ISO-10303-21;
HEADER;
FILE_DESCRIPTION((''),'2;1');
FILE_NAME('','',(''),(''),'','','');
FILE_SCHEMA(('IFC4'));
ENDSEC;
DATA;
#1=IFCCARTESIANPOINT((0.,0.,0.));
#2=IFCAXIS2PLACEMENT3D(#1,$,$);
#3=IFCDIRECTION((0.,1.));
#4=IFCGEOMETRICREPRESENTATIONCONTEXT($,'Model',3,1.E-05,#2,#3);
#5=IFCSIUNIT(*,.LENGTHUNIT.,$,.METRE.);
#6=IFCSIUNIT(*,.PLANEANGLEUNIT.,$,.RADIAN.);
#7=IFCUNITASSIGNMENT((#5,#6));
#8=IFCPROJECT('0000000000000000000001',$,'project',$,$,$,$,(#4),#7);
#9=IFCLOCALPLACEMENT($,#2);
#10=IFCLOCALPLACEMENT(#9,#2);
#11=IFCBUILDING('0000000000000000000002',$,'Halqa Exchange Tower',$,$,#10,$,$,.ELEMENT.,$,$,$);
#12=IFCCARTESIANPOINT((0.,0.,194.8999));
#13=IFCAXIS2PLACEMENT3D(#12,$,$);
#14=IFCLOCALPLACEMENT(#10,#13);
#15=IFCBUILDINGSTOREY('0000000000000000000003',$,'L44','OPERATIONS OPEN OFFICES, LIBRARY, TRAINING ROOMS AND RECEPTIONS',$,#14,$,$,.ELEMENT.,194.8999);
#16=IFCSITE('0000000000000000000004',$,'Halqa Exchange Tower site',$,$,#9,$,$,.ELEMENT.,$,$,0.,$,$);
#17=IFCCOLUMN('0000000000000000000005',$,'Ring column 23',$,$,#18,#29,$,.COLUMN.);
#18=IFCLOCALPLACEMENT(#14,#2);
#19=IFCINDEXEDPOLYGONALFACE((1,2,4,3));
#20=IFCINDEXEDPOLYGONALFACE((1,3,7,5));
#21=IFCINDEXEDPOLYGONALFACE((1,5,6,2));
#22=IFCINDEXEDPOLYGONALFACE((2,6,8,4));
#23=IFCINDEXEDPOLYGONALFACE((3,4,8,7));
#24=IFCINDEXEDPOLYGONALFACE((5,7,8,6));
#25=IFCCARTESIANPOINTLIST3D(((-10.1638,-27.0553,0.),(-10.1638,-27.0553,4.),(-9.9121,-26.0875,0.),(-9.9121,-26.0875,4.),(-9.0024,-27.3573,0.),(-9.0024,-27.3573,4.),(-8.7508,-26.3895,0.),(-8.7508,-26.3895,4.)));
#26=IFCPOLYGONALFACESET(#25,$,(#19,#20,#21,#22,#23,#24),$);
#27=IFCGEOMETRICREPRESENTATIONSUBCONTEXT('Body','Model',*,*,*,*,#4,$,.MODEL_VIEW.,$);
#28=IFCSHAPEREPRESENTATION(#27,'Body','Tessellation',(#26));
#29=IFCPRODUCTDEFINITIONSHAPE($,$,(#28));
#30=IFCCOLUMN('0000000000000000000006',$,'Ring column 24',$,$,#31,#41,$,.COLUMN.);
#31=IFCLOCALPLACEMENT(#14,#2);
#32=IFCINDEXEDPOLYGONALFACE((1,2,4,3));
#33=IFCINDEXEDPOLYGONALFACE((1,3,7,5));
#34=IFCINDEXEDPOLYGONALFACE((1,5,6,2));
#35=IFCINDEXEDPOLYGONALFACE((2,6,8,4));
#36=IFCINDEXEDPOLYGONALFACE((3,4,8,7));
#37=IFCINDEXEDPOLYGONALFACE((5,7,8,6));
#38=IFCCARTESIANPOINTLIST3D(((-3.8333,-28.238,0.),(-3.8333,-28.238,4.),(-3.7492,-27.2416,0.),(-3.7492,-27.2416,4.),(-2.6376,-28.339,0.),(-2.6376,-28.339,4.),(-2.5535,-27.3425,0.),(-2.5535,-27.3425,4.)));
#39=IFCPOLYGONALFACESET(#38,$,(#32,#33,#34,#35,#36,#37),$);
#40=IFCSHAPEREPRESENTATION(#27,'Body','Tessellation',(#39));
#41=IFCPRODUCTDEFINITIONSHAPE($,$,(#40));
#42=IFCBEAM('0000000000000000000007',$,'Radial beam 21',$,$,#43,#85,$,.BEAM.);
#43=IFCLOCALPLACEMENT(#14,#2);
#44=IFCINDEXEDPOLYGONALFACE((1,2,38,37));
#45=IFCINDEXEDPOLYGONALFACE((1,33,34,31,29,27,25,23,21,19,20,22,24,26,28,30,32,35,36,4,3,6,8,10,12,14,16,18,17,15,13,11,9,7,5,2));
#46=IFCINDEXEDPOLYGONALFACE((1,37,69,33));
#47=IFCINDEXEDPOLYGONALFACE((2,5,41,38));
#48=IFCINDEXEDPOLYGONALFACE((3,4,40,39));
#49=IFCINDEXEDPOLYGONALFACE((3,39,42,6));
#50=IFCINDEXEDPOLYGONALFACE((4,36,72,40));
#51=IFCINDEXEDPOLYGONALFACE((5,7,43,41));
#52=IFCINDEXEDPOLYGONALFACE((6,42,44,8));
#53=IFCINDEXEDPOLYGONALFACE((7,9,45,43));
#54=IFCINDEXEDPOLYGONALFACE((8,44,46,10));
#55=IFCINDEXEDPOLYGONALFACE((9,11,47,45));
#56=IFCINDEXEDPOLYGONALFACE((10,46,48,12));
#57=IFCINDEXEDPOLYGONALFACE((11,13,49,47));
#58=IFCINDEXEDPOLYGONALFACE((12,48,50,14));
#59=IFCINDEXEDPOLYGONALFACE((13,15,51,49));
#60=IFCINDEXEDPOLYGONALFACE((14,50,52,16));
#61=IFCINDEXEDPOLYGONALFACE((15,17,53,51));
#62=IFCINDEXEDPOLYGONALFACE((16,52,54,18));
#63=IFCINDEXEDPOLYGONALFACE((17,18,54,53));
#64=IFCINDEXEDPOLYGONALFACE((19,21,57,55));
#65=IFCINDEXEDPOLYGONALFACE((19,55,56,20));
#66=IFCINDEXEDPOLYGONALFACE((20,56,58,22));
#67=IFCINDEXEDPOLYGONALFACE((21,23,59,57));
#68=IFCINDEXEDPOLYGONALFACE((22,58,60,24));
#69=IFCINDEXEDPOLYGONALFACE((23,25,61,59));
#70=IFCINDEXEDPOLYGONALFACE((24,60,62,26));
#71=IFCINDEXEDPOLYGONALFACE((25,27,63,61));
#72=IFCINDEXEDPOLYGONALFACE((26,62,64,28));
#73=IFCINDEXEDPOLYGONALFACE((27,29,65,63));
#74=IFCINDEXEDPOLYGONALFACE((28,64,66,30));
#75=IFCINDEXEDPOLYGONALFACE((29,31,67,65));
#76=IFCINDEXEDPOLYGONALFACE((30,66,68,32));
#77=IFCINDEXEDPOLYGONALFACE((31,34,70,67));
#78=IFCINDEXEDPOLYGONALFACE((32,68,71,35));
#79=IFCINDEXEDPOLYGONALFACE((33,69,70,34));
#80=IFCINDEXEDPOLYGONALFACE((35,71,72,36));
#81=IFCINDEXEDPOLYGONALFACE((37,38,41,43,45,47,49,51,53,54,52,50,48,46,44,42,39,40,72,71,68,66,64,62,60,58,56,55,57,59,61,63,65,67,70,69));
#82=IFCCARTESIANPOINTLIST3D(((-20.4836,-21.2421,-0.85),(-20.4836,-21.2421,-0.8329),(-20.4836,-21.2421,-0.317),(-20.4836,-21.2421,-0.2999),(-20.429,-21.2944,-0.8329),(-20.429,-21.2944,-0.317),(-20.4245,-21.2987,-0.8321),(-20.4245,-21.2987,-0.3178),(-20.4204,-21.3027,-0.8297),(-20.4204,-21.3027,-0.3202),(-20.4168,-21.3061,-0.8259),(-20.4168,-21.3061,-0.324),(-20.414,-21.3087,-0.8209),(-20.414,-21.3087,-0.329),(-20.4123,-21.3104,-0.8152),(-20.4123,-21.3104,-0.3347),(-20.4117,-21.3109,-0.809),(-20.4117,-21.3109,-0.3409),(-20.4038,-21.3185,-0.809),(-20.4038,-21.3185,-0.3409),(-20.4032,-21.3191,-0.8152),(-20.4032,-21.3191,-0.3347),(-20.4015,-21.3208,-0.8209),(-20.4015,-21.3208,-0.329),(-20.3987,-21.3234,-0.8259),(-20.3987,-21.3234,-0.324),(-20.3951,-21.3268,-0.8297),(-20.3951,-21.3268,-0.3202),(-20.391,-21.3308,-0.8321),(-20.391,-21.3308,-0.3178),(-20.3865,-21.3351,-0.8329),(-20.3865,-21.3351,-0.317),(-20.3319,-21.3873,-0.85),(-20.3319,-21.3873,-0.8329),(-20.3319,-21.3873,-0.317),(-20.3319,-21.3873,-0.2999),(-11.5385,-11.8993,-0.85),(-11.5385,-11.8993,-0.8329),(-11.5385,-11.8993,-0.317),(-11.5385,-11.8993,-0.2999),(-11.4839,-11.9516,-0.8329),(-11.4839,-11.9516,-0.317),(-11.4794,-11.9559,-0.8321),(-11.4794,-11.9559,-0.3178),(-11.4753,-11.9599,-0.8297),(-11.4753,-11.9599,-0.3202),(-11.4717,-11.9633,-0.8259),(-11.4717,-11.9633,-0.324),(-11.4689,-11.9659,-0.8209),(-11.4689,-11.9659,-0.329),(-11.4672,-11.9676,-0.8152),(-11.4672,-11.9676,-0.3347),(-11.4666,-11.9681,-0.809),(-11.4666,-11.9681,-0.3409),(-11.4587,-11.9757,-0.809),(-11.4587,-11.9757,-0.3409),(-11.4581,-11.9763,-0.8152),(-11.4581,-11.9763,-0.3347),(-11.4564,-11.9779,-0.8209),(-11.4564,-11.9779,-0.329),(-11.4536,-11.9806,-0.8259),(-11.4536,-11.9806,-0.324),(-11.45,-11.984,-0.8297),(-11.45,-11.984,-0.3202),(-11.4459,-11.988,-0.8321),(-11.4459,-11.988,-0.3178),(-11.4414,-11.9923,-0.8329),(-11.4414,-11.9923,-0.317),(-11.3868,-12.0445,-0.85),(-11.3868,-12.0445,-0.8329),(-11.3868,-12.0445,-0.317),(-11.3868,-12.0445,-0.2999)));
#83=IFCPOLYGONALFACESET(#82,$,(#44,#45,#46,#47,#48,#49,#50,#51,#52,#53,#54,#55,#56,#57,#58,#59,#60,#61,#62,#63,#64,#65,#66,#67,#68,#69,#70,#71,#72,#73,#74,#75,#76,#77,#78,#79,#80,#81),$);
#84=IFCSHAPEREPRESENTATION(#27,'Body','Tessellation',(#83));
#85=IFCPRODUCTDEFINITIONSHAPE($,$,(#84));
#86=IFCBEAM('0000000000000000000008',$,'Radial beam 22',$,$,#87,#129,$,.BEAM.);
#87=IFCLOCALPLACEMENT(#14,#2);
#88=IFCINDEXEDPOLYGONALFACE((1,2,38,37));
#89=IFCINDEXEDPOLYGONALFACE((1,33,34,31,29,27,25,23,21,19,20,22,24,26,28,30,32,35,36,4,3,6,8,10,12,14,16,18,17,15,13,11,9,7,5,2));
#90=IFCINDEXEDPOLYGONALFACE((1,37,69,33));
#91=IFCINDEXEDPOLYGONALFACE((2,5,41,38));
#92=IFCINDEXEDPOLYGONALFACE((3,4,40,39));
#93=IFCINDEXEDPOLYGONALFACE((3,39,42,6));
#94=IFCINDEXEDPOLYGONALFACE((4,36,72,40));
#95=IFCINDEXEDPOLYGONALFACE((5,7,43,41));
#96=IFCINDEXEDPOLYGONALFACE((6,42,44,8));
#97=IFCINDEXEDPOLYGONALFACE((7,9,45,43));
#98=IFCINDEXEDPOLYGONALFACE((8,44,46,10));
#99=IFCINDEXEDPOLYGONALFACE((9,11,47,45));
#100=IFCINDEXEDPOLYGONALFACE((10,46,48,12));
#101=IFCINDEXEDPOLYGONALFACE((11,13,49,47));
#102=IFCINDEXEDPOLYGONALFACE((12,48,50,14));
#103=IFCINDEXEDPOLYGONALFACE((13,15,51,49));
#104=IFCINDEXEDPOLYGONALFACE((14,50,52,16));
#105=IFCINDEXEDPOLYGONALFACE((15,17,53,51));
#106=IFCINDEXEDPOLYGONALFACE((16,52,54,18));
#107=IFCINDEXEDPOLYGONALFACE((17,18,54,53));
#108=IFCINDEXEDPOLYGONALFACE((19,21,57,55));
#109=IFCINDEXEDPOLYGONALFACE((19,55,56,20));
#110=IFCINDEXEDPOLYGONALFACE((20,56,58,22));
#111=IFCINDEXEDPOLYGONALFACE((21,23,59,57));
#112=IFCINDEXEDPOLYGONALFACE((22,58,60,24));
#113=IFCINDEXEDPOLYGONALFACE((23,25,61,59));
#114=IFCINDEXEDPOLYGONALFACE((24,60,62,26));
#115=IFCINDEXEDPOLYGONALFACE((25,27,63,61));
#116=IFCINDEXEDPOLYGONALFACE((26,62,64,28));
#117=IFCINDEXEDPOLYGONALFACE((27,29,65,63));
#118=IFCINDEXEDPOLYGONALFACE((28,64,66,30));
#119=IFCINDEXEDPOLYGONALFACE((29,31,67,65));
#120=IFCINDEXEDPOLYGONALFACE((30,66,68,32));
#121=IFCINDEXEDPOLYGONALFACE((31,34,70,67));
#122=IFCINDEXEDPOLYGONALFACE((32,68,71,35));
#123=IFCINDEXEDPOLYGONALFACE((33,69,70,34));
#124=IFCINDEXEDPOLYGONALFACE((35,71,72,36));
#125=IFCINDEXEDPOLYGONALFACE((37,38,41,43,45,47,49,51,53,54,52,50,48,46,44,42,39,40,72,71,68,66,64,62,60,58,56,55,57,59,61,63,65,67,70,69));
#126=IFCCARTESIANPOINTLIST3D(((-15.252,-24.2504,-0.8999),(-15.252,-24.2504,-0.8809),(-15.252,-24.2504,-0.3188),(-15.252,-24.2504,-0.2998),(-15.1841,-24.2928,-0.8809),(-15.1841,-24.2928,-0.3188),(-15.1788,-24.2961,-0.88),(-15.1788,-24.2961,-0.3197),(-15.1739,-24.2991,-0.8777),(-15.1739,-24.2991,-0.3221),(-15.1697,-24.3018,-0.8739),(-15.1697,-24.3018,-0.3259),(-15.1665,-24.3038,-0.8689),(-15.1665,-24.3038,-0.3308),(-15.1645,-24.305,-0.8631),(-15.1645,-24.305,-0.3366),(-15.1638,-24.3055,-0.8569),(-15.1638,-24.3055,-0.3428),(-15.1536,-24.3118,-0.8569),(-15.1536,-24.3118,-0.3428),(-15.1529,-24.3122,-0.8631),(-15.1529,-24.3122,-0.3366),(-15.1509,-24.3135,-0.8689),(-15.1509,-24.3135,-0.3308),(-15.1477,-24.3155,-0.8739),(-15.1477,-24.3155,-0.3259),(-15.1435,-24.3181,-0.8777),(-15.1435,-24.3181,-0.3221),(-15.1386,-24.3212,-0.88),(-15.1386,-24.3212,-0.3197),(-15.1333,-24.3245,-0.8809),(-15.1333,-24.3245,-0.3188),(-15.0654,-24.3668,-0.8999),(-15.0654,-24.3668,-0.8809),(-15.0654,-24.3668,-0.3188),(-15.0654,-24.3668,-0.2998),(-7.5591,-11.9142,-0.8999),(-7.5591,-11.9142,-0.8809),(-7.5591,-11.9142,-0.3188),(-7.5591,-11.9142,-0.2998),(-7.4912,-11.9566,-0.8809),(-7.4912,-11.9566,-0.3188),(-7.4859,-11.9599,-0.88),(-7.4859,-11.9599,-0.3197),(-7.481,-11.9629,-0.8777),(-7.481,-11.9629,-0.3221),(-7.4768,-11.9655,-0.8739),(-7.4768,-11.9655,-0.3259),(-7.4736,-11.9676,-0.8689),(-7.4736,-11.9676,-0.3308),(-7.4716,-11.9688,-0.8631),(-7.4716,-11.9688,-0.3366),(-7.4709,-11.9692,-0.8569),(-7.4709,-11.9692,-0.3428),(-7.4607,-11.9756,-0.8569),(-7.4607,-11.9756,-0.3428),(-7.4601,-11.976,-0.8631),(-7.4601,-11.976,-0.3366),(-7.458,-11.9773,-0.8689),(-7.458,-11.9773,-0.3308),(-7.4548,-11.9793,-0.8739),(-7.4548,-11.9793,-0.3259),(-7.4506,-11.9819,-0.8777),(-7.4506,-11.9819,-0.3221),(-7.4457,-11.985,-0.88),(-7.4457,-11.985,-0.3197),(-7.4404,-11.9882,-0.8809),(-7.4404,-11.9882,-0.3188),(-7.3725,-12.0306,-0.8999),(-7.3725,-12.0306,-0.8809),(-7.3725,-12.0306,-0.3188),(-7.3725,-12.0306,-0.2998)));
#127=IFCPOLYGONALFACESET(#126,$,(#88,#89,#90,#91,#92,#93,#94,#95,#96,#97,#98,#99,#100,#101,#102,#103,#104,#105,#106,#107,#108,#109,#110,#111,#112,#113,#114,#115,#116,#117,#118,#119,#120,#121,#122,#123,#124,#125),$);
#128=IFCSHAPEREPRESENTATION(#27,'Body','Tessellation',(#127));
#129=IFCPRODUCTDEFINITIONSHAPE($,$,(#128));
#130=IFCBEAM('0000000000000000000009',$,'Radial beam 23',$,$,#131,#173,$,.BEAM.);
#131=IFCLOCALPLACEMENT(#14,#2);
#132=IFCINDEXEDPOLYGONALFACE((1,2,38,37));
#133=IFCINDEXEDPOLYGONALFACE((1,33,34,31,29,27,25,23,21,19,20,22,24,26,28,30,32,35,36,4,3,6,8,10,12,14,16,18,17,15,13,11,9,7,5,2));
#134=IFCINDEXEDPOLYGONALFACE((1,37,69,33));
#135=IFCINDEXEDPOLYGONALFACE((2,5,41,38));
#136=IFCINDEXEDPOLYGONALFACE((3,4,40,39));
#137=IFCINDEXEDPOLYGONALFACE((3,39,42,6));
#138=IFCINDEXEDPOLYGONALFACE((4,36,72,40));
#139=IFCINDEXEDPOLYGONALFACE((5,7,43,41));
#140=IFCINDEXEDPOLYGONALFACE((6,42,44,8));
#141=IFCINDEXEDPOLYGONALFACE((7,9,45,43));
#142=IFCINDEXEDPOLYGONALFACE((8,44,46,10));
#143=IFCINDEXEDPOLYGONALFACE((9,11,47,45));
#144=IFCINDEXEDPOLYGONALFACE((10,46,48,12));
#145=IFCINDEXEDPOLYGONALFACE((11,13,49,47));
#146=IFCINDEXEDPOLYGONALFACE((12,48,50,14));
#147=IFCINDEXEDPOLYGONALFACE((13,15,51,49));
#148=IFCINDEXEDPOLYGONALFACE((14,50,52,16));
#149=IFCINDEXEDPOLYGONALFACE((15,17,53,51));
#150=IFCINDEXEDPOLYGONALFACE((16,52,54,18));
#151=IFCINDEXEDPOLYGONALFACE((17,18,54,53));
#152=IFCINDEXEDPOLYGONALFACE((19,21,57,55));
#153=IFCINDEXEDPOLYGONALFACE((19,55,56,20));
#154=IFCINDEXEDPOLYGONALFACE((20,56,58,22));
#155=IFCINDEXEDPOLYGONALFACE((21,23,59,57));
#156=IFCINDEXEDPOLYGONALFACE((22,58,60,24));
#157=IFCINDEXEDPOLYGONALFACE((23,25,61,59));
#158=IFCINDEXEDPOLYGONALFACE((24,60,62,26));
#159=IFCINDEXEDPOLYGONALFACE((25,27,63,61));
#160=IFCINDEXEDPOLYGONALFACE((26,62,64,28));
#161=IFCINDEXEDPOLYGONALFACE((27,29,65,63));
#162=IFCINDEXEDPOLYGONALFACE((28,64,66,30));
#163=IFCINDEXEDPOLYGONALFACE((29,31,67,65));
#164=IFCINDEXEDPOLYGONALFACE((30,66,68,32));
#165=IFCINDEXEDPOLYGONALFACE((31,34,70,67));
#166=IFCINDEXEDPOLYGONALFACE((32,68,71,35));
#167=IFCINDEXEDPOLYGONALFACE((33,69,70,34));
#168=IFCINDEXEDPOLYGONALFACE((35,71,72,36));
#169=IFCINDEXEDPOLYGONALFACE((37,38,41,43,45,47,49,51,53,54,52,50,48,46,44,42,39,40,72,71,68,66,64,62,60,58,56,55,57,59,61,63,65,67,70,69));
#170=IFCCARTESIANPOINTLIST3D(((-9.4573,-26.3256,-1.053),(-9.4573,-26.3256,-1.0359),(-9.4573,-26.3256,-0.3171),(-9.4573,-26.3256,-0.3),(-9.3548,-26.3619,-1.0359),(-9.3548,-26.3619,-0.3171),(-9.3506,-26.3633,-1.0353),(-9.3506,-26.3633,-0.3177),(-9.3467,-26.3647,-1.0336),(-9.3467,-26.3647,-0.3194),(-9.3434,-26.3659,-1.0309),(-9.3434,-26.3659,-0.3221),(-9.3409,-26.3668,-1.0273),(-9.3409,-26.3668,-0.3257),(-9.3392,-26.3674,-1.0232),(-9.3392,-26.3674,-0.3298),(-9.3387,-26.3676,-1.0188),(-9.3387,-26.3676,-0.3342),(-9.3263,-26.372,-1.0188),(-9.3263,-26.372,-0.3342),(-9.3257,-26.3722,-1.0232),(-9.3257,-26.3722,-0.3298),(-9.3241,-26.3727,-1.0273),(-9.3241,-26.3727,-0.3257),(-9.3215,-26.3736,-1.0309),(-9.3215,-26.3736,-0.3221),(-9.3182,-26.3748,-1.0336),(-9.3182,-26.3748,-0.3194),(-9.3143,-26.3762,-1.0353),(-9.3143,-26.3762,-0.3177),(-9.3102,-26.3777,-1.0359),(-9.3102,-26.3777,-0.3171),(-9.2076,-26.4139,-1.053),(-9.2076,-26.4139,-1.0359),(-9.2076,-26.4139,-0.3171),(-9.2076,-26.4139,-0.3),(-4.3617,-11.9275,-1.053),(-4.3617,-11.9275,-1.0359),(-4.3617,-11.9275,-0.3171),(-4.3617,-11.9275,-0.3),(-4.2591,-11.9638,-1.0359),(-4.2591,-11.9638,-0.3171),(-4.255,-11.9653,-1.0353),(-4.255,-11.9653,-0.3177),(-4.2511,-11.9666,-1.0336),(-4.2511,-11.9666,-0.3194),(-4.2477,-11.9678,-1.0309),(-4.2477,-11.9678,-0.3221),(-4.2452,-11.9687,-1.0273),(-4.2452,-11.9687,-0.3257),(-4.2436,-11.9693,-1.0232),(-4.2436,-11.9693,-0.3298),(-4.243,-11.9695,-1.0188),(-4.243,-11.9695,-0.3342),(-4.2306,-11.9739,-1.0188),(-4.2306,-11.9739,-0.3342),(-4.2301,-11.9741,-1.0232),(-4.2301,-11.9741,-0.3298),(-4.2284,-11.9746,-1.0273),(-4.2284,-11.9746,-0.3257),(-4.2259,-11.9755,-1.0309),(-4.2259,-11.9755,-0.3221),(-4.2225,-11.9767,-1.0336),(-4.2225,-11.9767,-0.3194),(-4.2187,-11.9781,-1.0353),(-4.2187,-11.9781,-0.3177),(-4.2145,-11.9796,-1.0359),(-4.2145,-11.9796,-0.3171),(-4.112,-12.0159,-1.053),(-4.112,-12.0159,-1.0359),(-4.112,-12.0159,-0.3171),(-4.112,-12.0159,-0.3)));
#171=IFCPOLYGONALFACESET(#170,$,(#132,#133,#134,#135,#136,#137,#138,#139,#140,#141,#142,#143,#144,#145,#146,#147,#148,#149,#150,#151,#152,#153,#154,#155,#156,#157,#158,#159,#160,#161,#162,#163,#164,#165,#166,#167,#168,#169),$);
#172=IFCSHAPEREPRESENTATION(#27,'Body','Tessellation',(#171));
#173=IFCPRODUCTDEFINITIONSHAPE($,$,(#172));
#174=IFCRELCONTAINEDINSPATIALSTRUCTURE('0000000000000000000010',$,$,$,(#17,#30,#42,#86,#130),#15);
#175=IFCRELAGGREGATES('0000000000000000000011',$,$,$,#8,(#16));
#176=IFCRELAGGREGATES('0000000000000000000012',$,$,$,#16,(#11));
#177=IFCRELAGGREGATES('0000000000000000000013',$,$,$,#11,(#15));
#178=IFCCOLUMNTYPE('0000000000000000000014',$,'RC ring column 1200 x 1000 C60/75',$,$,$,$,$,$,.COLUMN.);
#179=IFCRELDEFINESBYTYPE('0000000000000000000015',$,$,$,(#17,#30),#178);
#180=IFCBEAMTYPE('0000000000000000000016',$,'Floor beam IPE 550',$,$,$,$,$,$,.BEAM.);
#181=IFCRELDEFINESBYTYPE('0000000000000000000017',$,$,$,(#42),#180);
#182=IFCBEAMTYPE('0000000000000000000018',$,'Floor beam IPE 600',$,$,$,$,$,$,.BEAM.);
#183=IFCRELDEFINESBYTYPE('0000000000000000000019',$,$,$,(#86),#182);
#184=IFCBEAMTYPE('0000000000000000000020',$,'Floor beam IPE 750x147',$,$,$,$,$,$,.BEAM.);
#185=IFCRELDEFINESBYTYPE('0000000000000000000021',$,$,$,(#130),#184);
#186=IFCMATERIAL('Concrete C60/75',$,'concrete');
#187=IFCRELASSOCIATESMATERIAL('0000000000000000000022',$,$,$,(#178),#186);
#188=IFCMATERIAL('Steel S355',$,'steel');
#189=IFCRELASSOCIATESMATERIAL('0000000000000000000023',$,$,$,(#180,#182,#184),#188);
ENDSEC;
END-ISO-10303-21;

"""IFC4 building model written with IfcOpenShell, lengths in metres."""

from ifc_helpers import new_model, si_unit, direction, frame, origin, origin_2d, place, context, subcontext, project, spatial, rectangle, i_section, extrude, material, material_profile, profile_set, type_object, element, save


model = new_model("IFC4")

# Units and contexts
model_context = context("Model", 3, precision=1e-05, world=origin(), true_north=direction((0.0, 1.0)))
body_context = subcontext(model_context, "Body", "Model", "MODEL_VIEW")
ifc_project = project(units=[si_unit("LENGTHUNIT", "METRE"), si_unit("PLANEANGLEUNIT", "RADIAN")], contexts=[model_context])

# Site, building, storey
site_placement = place(None, origin())
site = spatial("IfcSite", under=ifc_project, at=site_placement, Name="Halqa Exchange Tower site", CompositionType="ELEMENT", RefElevation=0.0)
building_placement = place(site_placement, origin())
building = spatial("IfcBuilding", under=site, at=building_placement, Name="Halqa Exchange Tower", CompositionType="ELEMENT")
storey_placement = place(building_placement, frame((0.0, 0.0, 194.8999)))
storey = spatial("IfcBuildingStorey", under=building, at=storey_placement, Name="L44", Description="OPERATIONS OPEN OFFICES, LIBRARY, TRAINING ROOMS AND RECEPTIONS", CompositionType="ELEMENT", Elevation=194.8999)

# Columns
ifc_material_1 = material(Name="Concrete C60/75", Category="concrete")
ifc_material_profile_1 = material_profile(ifc_material_1, rectangle(XDim=1.2, YDim=1.0, at=origin_2d()), Name="1200 x 1000")
ifc_profile_set_1 = profile_set([ifc_material_profile_1], Name="Concrete C60/75")
column_type = type_object("IfcColumnType", Name="RC ring column 1200 x 1000 C60/75", PredefinedType="COLUMN", material=ifc_profile_set_1)
for number, where, z_axis, x_axis, name in (
    (1, (-9.4573, -26.7224, 0.0), (0.0, 0.0, 1.0), (0.967821, -0.25164, 0.0), "Ring column 23"),
    (2, (-3.1934, -27.7903, 0.0), (0.0, 0.0, 1.0), (0.996456, -0.084116, 0.0), "Ring column 24"),
):
    element("IfcColumn", number, at=place(storey_placement, frame(where, z_axis=z_axis, x_axis=x_axis)), inside=storey, type_object=column_type, Name=name, PredefinedType="COLUMN", context=body_context, shape_type="SweptSolid", body=[
        extrude(rectangle(XDim=1.2, YDim=1.0, at=origin_2d()), origin(), (0.0, 0.0, 1.0), 4.0),
    ])

# Beams
ifc_material_2 = material(Name="Steel S355", Category="steel")
ifc_material_profile_2 = material_profile(ifc_material_2, i_section(OverallWidth=0.21, OverallDepth=0.55, WebThickness=0.011, FlangeThickness=0.0171, FilletRadius=0.0239, at=origin_2d()), Name="IPE 550")
ifc_profile_set_2 = profile_set([ifc_material_profile_2], Name="Steel S355")
beam_type_1 = type_object("IfcBeamType", Name="Floor beam IPE 550", PredefinedType="BEAM", material=ifc_profile_set_2)
beam_1_placement = place(storey_placement, frame((-11.4626, -11.9719, -0.575), z_axis=(-0.691566, -0.722313, 0.0), x_axis=(0.722313, -0.691566, 0.0)))
element("IfcBeam", 3, at=beam_1_placement, inside=storey, type_object=beam_type_1, Name="Radial beam 21", PredefinedType="BEAM", context=body_context, shape_type="SweptSolid", body=[
    extrude(i_section(OverallWidth=0.21, OverallDepth=0.55, WebThickness=0.011, FlangeThickness=0.0171, FilletRadius=0.0239, at=origin_2d()), origin(), (0.0, 0.0, 1.0), 12.9346),
])
ifc_material_profile_3 = material_profile(ifc_material_2, i_section(OverallWidth=0.22, OverallDepth=0.6001, WebThickness=0.012, FlangeThickness=0.019, FilletRadius=0.0239, at=origin_2d()), Name="IPE 600")
ifc_profile_set_3 = profile_set([ifc_material_profile_3], Name="Steel S355")
beam_type_2 = type_object("IfcBeamType", Name="Floor beam IPE 600", PredefinedType="BEAM", material=ifc_profile_set_3)
beam_2_placement = place(storey_placement, frame((-7.4658, -11.9724, -0.5999), z_axis=(-0.529146, -0.848531, 0.0), x_axis=(0.848531, -0.529146, 0.0)))
element("IfcBeam", 4, at=beam_2_placement, inside=storey, type_object=beam_type_2, Name="Radial beam 22", PredefinedType="BEAM", context=body_context, shape_type="SweptSolid", body=[
    extrude(i_section(OverallWidth=0.22, OverallDepth=0.6001, WebThickness=0.012, FlangeThickness=0.019, FilletRadius=0.0239, at=origin_2d()), origin(), (0.0, 0.0, 1.0), 14.5383),
])
ifc_material_profile_4 = material_profile(ifc_material_2, i_section(OverallWidth=0.2649, OverallDepth=0.7529, WebThickness=0.0132, FlangeThickness=0.0171, FilletRadius=0.0171, at=origin_2d()), Name="IPE 750x147")
ifc_profile_set_4 = profile_set([ifc_material_profile_4], Name="Steel S355")
beam_type_3 = type_object("IfcBeamType", Name="Floor beam IPE 750x147", PredefinedType="BEAM", material=ifc_profile_set_4)
beam_3_placement = place(storey_placement, frame((-4.2368, -11.9717, -0.6765), z_axis=(-0.333634, -0.942703, 0.0), x_axis=(0.942703, -0.333634, 0.0)))
element("IfcBeam", 5, at=beam_3_placement, inside=storey, type_object=beam_type_3, Name="Radial beam 23", PredefinedType="BEAM", context=body_context, shape_type="SweptSolid", body=[
    extrude(i_section(OverallWidth=0.2649, OverallDepth=0.7529, WebThickness=0.0132, FlangeThickness=0.0171, FilletRadius=0.0171, at=origin_2d()), origin(), (0.0, 0.0, 1.0), 15.2732),
])

save(model, "model.ifc")
